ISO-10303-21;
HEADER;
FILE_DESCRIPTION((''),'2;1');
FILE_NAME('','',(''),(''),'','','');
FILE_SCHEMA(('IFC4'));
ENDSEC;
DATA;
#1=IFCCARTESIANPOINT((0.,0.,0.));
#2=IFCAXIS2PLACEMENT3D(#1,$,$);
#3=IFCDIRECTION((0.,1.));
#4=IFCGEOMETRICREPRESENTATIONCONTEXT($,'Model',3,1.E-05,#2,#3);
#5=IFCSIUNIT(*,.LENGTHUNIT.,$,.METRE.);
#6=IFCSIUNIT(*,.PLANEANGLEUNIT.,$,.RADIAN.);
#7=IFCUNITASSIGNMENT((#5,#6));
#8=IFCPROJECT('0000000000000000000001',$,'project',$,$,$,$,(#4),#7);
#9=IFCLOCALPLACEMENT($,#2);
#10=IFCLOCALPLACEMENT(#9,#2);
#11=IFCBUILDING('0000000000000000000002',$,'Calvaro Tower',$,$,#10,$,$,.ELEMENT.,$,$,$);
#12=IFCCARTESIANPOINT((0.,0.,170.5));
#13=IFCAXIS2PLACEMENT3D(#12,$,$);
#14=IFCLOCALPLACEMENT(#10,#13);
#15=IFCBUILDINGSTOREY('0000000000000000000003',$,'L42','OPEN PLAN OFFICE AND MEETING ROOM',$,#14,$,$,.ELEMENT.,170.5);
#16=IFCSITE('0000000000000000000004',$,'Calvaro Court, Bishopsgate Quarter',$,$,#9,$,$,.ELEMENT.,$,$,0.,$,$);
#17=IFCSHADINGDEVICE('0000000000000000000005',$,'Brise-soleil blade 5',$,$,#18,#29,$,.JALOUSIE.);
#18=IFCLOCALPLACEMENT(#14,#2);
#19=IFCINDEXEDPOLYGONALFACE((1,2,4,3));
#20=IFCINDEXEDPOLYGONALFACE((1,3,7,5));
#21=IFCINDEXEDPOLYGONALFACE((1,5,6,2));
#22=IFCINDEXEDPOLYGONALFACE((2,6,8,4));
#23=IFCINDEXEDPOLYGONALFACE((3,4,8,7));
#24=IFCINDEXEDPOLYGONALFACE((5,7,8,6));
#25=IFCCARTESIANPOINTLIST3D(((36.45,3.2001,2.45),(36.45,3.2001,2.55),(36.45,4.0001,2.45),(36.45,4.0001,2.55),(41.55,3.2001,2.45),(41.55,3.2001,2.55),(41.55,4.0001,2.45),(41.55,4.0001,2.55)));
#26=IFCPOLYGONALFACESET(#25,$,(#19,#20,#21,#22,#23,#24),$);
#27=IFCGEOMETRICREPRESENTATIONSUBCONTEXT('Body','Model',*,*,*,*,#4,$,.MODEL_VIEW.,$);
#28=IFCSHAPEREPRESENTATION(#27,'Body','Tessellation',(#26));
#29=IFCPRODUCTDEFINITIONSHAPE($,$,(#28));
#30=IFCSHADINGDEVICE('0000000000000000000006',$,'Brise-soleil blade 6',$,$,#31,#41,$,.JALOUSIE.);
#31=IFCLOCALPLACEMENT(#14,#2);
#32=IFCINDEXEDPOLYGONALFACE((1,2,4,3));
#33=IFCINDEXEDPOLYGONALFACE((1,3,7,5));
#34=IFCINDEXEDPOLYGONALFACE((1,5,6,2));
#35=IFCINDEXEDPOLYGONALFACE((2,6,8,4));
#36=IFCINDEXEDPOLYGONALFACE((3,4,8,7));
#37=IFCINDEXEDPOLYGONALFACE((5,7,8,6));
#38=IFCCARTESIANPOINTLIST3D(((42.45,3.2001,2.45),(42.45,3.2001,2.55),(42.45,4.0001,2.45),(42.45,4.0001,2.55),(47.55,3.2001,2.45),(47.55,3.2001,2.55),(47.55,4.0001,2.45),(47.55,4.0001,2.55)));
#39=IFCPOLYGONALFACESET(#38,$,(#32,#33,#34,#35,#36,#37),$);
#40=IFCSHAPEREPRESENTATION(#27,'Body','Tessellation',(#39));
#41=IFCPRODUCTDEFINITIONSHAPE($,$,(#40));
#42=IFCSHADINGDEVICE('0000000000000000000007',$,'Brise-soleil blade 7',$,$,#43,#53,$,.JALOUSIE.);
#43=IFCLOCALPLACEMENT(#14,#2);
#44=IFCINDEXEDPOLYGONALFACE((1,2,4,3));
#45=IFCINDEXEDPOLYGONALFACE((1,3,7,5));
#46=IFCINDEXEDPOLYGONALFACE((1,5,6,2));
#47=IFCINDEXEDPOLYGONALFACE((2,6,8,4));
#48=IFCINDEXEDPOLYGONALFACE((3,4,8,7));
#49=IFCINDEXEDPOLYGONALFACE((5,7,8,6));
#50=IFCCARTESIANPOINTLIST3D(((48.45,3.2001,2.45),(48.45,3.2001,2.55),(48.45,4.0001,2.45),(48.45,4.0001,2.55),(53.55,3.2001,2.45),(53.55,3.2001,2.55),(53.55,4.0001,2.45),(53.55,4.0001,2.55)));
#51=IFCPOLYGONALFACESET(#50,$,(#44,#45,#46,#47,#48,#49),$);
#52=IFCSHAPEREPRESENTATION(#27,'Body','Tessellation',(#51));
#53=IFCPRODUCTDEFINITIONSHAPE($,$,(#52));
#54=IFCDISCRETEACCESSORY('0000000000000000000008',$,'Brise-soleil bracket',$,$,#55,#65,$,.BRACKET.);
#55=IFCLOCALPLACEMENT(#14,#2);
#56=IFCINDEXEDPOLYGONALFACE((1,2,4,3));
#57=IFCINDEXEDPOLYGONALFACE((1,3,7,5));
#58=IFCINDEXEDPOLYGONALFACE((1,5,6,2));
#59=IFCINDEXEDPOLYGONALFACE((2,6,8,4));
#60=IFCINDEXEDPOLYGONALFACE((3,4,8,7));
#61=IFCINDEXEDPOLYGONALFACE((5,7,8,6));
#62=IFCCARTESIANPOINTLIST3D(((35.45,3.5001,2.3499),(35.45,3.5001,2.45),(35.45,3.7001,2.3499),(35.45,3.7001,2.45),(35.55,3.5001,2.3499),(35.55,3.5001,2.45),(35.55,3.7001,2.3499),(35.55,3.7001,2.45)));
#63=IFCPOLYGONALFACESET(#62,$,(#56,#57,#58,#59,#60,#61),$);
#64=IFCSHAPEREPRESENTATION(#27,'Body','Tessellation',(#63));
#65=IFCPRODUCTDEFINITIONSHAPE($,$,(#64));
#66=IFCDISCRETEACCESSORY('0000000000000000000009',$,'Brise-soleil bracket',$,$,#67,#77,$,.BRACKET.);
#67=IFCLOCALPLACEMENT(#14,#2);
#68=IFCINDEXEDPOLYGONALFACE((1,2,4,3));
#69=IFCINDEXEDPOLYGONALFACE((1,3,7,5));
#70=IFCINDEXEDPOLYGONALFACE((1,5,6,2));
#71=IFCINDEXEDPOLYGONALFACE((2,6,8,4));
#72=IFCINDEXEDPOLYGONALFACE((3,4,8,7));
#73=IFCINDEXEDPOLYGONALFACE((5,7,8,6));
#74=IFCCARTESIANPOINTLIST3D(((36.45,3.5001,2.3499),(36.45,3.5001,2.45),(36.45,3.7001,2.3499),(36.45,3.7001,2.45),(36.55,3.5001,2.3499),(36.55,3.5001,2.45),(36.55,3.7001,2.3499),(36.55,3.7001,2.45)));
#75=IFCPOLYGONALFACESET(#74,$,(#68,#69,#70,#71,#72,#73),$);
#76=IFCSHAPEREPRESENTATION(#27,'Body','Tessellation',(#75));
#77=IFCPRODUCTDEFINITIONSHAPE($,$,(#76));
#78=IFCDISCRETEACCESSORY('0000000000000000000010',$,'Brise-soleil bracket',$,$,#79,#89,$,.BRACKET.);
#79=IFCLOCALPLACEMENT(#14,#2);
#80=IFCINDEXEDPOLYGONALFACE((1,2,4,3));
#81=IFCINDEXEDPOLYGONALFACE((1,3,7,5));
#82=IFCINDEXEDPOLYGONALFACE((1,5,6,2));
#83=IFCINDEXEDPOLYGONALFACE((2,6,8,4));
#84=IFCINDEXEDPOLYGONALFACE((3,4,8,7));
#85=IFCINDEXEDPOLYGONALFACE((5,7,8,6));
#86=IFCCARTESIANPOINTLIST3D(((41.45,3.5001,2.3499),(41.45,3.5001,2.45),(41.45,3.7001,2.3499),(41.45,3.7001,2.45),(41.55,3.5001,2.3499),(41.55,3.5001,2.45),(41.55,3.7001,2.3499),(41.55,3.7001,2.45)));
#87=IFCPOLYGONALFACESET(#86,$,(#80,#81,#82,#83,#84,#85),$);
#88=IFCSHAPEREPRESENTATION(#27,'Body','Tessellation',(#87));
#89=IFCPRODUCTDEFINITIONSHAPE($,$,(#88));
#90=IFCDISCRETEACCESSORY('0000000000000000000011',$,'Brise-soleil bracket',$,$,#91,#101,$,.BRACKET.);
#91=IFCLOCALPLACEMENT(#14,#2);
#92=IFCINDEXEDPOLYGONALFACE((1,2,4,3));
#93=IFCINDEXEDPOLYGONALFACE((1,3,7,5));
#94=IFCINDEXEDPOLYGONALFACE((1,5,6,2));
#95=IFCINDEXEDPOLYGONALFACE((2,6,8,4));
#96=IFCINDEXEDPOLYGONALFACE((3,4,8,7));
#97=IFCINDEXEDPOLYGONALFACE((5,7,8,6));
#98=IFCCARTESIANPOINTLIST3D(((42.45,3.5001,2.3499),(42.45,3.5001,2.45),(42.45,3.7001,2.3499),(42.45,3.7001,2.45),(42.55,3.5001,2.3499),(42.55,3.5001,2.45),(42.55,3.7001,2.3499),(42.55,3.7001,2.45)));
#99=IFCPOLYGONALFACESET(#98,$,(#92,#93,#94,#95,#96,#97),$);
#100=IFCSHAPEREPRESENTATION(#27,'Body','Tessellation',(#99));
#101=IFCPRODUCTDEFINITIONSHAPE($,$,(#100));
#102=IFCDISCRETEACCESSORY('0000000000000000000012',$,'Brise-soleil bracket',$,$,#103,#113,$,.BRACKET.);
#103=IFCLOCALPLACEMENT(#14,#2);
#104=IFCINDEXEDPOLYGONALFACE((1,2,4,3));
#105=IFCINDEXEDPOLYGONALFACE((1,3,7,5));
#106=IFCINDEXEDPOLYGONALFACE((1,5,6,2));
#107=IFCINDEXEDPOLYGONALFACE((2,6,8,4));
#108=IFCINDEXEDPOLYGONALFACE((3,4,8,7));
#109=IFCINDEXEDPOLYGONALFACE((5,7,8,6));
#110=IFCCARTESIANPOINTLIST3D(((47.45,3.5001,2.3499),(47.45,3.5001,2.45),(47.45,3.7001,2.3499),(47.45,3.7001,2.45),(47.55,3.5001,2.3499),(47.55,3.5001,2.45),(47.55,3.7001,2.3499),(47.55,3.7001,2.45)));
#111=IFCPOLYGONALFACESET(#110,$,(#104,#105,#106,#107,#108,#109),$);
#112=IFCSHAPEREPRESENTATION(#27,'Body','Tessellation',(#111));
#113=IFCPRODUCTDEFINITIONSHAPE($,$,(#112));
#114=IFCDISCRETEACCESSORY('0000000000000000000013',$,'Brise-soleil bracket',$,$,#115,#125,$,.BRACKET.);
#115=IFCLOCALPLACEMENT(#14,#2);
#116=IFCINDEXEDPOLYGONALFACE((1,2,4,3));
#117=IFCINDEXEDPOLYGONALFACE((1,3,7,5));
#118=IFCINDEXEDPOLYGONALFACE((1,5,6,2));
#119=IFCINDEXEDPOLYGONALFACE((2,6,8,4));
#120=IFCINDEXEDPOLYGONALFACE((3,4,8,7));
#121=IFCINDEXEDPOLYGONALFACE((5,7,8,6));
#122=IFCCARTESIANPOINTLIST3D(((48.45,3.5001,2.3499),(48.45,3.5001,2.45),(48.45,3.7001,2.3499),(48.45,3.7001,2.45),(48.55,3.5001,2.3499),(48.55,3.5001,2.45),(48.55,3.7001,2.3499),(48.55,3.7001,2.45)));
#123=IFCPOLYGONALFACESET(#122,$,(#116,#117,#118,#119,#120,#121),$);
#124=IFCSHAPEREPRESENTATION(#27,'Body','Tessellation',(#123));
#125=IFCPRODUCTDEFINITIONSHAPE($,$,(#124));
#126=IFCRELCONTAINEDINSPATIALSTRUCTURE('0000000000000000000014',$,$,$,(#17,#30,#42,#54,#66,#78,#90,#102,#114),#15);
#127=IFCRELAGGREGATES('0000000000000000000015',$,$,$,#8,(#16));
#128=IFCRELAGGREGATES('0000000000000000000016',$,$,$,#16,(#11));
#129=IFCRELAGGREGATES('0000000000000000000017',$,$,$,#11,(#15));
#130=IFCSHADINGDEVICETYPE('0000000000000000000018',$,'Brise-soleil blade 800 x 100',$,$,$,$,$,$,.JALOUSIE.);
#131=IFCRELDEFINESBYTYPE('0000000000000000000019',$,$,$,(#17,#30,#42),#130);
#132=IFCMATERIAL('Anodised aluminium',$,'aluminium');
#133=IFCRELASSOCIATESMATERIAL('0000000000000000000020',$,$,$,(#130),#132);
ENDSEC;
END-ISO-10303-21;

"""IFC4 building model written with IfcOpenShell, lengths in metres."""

from ifc_helpers import new_model, si_unit, direction, frame, origin, origin_2d, place, context, subcontext, project, spatial, rectangle, extrude, material, material_profile, profile_set, type_object, element, save


model = new_model("IFC4")

# Units and contexts
model_context = context("Model", 3, precision=1e-05, world=origin(), true_north=direction((0.0, 1.0)))
body_context = subcontext(model_context, "Body", "Model", "MODEL_VIEW")
ifc_project = project(units=[si_unit("LENGTHUNIT", "METRE"), si_unit("PLANEANGLEUNIT", "RADIAN")], contexts=[model_context])

# Site, building, storey
site_placement = place(None, origin())
site = spatial("IfcSite", under=ifc_project, at=site_placement, Name="Calvaro Court, Bishopsgate Quarter", CompositionType="ELEMENT", RefElevation=0.0)
building_placement = place(site_placement, origin())
building = spatial("IfcBuilding", under=site, at=building_placement, Name="Calvaro Tower", CompositionType="ELEMENT")
storey_placement = place(building_placement, frame((0.0, 0.0, 170.5)))
storey = spatial("IfcBuildingStorey", under=building, at=storey_placement, Name="L42", Description="OPEN PLAN OFFICE AND MEETING ROOM", CompositionType="ELEMENT", Elevation=170.5)

# Shading devices
ifc_material_1 = material(Name="Anodised aluminium", Category="aluminium")
ifc_material_profile_1 = material_profile(ifc_material_1, rectangle(XDim=0.8, YDim=0.1001, at=origin_2d()), Name="Brise-soleil blade 800 x 100")
ifc_profile_set_1 = profile_set([ifc_material_profile_1], Name="Anodised aluminium")
shading_device_type = type_object("IfcShadingDeviceType", Name="Brise-soleil blade 800 x 100", PredefinedType="JALOUSIE", material=ifc_profile_set_1)
for number, where, z_axis, x_axis, name in (
    (1, (36.45, 3.6001, 2.5), (1.0, 0.0, 0.0), (0.0, 1.0, 0.0), "Brise-soleil blade 5"),
    (2, (42.45, 3.6001, 2.5), (1.0, 0.0, 0.0), (0.0, 1.0, 0.0), "Brise-soleil blade 6"),
    (3, (48.45, 3.6001, 2.5), (1.0, 0.0, 0.0), (0.0, 1.0, 0.0), "Brise-soleil blade 7"),
):
    element("IfcShadingDevice", number, at=place(storey_placement, frame(where, z_axis=z_axis, x_axis=x_axis)), inside=storey, type_object=shading_device_type, Name=name, PredefinedType="JALOUSIE", context=body_context, shape_type="SweptSolid", body=[
        extrude(rectangle(XDim=0.8, YDim=0.1001, at=origin_2d()), origin(), (0.0, 0.0, 1.0), 5.1001),
    ])

# Discrete accessories
for number, where, z_axis, x_axis, name in (
    (4, (35.5, 3.6001, 2.3499), (0.0, 0.0, 1.0), (1.0, 0.0, 0.0), "Brise-soleil bracket"),
    (5, (36.5, 3.6001, 2.3499), (0.0, 0.0, 1.0), (1.0, 0.0, 0.0), "Brise-soleil bracket"),
    (6, (41.5, 3.6001, 2.3499), (0.0, 0.0, 1.0), (1.0, 0.0, 0.0), "Brise-soleil bracket"),
    (7, (42.5, 3.6001, 2.3499), (0.0, 0.0, 1.0), (1.0, 0.0, 0.0), "Brise-soleil bracket"),
    (8, (47.5, 3.6001, 2.3499), (0.0, 0.0, 1.0), (1.0, 0.0, 0.0), "Brise-soleil bracket"),
    (9, (48.5, 3.6001, 2.3499), (0.0, 0.0, 1.0), (1.0, 0.0, 0.0), "Brise-soleil bracket"),
):
    element("IfcDiscreteAccessory", number, at=place(storey_placement, frame(where, z_axis=z_axis, x_axis=x_axis)), inside=storey, Name=name, PredefinedType="BRACKET", context=body_context, shape_type="SweptSolid", body=[
        extrude(rectangle(XDim=0.1001, YDim=0.2, at=origin_2d()), origin(), (0.0, 0.0, 1.0), 0.1001),
    ])

save(model, "model.ifc")
